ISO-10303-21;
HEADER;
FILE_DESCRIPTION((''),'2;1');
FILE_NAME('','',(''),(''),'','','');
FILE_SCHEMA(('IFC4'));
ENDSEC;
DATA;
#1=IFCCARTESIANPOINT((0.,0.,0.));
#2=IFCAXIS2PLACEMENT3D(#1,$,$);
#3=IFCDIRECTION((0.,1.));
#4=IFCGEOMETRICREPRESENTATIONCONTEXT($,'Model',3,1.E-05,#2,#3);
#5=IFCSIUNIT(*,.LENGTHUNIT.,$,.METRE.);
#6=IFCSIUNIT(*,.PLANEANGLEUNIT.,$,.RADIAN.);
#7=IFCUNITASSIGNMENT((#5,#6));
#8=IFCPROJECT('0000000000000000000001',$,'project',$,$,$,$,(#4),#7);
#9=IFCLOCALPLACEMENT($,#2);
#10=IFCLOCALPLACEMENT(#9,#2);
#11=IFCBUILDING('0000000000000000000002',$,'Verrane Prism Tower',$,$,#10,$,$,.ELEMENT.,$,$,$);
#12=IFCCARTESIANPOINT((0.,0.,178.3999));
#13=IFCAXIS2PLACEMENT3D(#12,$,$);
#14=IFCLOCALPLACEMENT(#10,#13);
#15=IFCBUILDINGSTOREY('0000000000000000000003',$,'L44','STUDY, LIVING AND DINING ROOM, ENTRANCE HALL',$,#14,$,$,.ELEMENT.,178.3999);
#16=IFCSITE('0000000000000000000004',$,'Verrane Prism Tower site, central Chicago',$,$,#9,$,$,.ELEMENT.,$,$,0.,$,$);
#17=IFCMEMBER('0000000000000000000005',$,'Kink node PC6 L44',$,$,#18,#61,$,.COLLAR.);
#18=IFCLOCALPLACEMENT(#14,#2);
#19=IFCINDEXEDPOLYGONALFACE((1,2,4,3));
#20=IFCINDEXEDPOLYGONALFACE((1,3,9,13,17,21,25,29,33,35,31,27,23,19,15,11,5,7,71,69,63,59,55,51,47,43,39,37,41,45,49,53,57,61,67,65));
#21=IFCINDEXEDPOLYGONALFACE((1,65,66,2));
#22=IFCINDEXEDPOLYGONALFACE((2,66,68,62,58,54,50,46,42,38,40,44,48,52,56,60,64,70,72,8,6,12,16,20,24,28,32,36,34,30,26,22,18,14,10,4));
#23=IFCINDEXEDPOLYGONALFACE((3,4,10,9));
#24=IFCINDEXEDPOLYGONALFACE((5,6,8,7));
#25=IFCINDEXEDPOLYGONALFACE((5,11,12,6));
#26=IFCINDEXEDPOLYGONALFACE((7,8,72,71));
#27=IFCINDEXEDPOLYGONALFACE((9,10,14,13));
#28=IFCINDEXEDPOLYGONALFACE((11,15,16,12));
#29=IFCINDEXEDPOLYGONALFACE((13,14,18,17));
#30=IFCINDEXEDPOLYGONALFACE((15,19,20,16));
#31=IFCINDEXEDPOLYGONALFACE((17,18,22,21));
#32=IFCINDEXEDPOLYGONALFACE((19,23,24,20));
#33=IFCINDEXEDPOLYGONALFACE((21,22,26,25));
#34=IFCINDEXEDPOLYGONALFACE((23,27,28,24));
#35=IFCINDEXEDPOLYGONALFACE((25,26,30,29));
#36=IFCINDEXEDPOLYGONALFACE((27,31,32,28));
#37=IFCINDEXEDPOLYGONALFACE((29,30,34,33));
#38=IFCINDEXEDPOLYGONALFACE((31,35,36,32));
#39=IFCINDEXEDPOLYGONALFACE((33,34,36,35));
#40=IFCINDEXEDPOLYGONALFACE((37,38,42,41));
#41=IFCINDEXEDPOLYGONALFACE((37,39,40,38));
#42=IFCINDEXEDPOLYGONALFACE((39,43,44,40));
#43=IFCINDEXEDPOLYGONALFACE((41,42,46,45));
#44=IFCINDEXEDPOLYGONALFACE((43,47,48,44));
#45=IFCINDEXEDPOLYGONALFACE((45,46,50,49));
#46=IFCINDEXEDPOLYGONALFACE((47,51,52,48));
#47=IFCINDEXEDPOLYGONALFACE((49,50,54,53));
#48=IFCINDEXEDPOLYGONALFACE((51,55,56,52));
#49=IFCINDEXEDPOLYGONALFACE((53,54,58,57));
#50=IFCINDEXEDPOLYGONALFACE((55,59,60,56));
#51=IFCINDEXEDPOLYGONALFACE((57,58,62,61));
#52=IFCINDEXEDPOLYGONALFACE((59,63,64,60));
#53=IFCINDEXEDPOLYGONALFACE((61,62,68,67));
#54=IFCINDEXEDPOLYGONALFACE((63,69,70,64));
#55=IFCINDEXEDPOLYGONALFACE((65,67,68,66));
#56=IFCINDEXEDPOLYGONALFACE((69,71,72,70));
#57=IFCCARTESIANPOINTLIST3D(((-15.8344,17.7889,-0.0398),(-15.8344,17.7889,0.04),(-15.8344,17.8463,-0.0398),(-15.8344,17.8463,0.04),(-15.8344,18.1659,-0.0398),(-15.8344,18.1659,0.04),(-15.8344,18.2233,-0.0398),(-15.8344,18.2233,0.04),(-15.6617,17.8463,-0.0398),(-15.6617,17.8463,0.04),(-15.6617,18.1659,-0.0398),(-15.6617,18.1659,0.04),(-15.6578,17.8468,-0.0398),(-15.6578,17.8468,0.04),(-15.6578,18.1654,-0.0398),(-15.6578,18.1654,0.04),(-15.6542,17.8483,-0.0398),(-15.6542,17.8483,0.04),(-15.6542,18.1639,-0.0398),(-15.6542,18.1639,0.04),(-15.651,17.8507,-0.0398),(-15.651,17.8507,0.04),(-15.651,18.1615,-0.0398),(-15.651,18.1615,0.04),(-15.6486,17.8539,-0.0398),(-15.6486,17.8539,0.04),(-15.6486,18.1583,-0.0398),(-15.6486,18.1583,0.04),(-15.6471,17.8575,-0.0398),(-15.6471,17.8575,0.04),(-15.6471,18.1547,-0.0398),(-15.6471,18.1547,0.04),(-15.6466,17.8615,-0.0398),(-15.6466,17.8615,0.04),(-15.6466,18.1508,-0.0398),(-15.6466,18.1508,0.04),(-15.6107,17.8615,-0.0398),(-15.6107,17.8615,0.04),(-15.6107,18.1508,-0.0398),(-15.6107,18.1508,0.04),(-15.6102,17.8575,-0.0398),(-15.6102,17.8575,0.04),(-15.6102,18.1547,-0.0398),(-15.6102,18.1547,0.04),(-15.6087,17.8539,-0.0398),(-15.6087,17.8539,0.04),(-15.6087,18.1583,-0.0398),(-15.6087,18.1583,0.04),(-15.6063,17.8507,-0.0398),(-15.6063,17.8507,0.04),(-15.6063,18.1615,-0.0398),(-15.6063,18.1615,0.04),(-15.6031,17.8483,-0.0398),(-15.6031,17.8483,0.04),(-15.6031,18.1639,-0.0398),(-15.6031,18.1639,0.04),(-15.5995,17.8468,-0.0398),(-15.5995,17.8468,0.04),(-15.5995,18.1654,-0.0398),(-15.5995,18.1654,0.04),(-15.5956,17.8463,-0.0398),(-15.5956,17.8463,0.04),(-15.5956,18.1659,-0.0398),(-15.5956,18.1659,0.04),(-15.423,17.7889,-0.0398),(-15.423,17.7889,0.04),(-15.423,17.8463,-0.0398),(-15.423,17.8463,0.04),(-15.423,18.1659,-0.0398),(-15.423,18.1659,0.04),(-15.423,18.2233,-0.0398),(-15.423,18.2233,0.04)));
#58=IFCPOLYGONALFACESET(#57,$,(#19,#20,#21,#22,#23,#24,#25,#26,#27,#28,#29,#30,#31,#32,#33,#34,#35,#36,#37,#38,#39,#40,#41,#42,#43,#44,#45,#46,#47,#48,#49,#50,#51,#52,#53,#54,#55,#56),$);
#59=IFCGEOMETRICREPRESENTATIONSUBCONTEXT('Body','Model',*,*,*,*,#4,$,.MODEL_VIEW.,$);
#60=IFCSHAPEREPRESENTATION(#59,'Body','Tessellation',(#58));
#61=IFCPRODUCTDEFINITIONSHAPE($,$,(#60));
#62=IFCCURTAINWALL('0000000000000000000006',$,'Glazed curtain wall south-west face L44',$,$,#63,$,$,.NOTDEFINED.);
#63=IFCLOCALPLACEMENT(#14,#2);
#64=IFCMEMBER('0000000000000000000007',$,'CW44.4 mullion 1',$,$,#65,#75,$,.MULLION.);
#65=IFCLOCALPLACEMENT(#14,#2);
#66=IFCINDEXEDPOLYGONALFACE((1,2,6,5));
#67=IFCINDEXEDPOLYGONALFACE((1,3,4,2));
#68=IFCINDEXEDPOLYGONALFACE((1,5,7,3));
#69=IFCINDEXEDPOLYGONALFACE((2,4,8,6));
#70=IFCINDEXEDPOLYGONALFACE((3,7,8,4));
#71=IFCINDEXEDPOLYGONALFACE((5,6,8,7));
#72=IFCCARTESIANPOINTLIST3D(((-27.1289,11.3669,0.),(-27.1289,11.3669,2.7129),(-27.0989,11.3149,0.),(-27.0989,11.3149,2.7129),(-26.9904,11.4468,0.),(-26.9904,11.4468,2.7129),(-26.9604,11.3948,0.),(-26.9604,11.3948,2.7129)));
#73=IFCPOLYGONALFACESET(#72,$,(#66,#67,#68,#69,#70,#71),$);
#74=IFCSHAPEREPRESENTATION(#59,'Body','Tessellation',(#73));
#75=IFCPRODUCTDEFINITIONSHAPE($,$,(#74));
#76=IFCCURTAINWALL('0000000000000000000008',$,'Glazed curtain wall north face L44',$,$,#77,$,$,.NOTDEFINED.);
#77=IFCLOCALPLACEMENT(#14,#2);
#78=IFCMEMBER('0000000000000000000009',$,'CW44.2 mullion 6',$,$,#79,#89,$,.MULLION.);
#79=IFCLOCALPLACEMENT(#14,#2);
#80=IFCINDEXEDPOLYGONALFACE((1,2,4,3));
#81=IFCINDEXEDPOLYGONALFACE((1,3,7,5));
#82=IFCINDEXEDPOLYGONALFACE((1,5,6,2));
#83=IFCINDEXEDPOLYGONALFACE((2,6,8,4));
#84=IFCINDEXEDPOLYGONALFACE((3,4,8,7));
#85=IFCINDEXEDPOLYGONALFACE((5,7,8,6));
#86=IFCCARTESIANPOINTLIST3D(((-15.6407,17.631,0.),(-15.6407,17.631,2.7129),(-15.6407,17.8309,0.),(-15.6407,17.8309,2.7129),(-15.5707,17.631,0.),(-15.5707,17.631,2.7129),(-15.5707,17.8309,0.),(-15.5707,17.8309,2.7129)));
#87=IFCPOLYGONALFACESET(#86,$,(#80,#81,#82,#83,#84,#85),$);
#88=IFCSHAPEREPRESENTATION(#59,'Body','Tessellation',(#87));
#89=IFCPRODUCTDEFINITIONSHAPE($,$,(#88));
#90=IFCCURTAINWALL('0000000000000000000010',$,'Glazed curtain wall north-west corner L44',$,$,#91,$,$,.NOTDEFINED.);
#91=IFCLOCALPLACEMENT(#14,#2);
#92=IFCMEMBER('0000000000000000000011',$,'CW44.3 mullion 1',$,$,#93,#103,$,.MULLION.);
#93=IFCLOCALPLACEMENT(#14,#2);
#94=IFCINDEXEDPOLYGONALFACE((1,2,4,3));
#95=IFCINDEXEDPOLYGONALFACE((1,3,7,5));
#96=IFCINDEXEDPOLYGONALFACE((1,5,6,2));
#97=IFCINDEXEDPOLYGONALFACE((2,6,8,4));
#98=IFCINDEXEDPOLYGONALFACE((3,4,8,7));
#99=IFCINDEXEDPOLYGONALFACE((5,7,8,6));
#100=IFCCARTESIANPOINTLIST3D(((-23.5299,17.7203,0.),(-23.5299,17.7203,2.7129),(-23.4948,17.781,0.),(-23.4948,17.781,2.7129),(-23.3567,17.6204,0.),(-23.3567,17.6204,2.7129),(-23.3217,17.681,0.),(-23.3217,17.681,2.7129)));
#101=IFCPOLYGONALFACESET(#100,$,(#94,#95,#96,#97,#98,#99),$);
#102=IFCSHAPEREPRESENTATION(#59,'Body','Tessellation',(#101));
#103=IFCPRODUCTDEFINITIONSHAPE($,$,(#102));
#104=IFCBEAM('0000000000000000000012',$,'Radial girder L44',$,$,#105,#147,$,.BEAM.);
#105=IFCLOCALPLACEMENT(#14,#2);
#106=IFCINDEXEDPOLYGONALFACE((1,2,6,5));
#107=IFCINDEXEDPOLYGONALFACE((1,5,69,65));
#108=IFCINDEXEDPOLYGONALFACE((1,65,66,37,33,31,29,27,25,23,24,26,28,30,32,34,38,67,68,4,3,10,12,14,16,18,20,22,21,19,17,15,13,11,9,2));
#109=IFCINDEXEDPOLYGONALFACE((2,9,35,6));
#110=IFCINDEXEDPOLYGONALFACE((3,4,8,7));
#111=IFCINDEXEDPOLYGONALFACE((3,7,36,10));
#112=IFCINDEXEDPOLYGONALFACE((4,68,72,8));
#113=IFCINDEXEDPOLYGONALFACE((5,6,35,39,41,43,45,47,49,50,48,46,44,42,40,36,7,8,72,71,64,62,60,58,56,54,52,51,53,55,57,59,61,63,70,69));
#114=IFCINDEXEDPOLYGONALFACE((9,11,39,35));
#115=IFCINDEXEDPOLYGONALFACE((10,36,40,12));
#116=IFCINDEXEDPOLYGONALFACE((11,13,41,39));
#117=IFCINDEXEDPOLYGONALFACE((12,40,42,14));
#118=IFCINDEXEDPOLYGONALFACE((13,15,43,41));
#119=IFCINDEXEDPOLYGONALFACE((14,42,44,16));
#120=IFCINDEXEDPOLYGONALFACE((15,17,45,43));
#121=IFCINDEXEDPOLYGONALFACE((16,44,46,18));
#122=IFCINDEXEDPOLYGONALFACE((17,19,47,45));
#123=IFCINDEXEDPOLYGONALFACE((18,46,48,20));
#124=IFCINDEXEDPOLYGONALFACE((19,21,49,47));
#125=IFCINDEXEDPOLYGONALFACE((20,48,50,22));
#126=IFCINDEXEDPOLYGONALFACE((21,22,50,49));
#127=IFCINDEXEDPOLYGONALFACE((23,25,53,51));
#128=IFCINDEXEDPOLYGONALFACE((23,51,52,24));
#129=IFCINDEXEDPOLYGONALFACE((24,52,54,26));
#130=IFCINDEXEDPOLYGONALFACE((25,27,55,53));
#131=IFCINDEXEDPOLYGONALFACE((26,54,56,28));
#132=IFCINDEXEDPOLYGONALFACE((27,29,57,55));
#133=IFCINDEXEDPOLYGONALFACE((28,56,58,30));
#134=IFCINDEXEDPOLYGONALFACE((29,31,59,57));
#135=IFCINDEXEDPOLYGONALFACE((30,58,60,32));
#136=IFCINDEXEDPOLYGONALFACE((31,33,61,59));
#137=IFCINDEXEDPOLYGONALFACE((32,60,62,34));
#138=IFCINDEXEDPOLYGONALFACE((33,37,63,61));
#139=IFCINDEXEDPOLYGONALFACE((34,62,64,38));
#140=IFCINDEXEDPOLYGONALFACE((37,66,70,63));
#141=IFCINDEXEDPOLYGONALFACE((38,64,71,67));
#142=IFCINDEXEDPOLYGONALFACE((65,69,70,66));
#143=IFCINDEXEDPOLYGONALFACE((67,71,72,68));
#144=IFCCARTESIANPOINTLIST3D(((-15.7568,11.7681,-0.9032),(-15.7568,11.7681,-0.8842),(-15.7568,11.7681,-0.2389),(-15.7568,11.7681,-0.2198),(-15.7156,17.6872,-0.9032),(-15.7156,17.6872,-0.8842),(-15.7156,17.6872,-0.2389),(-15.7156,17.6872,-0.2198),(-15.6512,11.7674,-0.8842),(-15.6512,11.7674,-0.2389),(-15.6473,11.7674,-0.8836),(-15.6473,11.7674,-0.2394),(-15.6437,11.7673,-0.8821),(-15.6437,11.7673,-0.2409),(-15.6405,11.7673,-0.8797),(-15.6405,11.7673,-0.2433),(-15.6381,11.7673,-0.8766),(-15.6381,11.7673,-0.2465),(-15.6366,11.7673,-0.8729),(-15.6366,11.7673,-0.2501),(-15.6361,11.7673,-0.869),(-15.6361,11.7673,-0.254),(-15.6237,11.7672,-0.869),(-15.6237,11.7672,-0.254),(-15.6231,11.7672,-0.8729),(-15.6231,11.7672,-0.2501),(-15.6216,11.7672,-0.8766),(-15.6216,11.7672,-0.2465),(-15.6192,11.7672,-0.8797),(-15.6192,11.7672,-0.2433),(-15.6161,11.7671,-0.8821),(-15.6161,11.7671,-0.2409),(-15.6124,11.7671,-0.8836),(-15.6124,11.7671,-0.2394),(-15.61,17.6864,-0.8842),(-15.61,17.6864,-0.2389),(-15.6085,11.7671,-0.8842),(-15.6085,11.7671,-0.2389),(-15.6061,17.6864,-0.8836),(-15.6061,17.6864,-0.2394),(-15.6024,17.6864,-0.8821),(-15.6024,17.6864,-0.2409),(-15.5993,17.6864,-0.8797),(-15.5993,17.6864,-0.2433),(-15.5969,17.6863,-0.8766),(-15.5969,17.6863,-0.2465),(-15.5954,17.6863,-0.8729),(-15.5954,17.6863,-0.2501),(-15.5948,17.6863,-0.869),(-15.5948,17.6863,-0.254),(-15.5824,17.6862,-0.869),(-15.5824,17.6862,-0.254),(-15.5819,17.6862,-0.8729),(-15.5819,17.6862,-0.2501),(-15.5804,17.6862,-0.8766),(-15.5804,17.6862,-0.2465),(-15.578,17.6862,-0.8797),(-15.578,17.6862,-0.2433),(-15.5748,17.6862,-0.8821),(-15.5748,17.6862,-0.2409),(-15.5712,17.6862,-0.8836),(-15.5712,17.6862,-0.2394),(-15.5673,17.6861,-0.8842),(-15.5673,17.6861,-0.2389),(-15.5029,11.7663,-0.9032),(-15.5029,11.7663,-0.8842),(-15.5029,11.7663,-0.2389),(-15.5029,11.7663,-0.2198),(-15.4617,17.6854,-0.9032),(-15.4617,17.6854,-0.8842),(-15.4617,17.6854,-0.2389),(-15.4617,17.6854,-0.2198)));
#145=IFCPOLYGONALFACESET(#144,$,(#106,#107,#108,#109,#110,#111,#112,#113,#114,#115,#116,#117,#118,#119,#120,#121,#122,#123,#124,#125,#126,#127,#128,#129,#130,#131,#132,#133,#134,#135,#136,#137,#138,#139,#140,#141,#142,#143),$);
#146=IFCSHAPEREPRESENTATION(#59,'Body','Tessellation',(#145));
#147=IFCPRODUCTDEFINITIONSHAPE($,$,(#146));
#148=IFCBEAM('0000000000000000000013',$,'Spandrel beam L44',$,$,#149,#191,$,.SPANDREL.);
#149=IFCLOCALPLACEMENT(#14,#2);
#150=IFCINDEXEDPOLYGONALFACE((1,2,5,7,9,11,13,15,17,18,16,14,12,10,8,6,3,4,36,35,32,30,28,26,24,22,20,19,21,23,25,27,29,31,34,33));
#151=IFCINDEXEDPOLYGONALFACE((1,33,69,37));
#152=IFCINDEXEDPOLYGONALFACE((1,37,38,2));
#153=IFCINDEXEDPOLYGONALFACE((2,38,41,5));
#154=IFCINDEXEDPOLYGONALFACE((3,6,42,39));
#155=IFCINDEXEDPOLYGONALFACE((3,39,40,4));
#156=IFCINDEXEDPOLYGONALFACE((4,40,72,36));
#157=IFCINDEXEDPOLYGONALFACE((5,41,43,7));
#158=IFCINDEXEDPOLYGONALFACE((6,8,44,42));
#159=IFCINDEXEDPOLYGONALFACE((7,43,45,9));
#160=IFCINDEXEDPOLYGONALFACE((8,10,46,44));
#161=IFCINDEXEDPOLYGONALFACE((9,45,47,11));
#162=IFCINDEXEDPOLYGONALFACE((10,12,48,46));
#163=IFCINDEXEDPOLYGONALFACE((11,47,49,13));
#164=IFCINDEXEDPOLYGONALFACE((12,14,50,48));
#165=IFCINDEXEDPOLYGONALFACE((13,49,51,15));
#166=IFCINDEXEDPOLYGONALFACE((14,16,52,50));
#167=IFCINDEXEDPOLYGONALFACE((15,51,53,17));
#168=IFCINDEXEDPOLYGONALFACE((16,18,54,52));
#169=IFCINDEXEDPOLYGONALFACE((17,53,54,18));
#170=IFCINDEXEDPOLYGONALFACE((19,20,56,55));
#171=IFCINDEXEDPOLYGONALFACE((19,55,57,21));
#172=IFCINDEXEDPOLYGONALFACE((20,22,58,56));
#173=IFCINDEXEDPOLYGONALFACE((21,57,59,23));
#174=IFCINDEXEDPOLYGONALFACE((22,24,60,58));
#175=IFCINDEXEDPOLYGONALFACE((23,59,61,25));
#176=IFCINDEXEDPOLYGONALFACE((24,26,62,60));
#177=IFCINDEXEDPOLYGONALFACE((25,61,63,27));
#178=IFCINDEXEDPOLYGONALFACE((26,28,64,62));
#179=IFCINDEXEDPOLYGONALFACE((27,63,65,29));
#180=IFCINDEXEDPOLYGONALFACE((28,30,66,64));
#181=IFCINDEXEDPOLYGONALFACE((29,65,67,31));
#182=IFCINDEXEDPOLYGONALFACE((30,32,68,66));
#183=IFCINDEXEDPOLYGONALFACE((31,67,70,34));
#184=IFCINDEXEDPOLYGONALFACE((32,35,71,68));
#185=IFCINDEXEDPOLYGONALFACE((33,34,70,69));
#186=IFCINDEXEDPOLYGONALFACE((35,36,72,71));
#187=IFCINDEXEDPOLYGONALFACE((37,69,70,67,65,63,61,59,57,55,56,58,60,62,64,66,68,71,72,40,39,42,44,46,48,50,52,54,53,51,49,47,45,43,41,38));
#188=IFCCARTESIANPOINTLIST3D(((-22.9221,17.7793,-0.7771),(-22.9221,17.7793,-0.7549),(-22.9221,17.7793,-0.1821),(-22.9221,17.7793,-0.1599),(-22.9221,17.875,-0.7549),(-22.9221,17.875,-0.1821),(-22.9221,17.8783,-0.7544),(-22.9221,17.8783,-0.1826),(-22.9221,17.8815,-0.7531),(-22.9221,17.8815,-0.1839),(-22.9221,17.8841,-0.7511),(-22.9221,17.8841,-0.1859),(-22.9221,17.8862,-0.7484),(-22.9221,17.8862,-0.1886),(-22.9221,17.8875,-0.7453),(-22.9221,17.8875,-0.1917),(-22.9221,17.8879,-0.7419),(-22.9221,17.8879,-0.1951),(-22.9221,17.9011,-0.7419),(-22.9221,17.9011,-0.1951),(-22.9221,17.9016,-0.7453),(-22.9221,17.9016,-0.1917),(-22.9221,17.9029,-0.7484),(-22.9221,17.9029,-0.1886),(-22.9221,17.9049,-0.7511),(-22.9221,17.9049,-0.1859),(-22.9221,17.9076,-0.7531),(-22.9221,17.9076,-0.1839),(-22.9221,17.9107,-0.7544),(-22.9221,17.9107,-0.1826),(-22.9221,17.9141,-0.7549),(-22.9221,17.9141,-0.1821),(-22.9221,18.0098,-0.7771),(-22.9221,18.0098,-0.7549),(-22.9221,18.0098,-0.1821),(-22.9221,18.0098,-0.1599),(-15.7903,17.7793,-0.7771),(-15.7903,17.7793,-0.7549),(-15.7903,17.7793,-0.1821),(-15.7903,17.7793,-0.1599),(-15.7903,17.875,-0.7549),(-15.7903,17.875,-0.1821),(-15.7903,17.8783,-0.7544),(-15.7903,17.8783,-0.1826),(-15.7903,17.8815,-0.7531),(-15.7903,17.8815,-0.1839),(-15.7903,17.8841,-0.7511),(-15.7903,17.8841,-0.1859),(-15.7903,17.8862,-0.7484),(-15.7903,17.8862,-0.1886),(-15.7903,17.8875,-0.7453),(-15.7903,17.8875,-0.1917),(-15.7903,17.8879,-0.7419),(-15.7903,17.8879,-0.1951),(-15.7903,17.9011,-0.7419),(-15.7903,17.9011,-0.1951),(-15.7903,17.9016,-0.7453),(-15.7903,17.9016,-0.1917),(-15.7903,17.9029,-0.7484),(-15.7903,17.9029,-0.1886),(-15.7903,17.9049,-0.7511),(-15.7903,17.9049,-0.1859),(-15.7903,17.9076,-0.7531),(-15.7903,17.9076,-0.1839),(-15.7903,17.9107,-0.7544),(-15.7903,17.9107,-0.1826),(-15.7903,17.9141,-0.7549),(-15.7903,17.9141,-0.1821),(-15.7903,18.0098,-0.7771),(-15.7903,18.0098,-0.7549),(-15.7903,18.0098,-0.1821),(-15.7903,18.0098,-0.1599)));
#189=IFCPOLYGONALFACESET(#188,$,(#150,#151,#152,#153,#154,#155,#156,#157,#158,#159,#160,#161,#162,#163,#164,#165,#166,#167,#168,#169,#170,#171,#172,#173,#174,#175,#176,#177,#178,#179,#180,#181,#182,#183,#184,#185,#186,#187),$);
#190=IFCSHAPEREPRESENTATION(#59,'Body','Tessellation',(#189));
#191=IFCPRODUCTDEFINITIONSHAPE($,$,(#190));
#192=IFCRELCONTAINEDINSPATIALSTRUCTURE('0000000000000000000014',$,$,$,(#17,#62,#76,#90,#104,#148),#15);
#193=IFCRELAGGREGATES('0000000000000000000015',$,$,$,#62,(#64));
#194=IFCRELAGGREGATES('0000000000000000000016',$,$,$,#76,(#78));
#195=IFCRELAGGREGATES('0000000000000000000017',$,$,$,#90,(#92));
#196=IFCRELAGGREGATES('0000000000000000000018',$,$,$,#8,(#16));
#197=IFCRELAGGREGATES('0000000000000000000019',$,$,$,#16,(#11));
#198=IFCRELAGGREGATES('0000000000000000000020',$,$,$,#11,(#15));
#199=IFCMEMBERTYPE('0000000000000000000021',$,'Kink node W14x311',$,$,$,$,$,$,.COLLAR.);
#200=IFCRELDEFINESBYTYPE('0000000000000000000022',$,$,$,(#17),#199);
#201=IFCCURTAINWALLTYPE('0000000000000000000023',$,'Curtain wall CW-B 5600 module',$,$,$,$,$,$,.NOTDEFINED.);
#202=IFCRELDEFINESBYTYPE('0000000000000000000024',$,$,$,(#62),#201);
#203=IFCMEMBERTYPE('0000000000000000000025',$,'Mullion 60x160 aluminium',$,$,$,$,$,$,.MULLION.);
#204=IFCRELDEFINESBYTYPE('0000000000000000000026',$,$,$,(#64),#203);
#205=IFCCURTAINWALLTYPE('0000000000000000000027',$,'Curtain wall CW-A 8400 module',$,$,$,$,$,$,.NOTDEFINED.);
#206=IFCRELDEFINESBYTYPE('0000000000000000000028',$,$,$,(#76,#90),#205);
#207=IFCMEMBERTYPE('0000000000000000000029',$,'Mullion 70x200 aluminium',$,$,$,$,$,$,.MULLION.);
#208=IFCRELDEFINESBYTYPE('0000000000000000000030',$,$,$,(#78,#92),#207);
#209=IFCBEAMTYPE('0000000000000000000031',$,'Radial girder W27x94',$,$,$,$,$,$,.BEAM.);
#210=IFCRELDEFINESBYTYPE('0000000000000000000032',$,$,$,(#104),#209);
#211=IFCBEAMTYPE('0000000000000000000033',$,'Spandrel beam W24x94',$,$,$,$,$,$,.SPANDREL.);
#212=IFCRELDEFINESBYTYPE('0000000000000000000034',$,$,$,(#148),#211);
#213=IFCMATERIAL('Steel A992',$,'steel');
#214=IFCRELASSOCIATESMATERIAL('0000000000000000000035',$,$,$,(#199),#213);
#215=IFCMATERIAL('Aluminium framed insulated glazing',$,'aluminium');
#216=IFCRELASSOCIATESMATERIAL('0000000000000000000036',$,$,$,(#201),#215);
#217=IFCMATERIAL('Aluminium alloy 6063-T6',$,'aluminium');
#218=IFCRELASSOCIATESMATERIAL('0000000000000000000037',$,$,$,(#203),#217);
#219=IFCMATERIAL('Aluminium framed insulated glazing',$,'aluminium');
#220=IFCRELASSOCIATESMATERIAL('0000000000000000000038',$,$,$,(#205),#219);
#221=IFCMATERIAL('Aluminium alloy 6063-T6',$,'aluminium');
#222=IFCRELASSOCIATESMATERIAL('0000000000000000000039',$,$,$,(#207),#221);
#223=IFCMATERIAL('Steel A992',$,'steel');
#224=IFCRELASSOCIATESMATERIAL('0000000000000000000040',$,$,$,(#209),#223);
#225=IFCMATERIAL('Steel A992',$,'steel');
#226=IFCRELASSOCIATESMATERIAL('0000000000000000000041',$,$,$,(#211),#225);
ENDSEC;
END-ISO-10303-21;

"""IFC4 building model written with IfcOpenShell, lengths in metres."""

from ifc_helpers import new_model, si_unit, direction, frame, origin, origin_2d, place, context, subcontext, project, spatial, rectangle, i_section, extrude, material, material_profile, profile_set, type_object, element, aggregate, save


model = new_model("IFC4")

# Units and contexts
model_context = context("Model", 3, precision=1e-05, world=origin(), true_north=direction((0.0, 1.0)))
body_context = subcontext(model_context, "Body", "Model", "MODEL_VIEW")
ifc_project = project(units=[si_unit("LENGTHUNIT", "METRE"), si_unit("PLANEANGLEUNIT", "RADIAN")], contexts=[model_context])

# Site, building, storey
site_placement = place(None, origin())
site = spatial("IfcSite", under=ifc_project, at=site_placement, Name="Verrane Prism Tower site, central Chicago", CompositionType="ELEMENT", RefElevation=0.0)
building_placement = place(site_placement, origin())
building = spatial("IfcBuilding", under=site, at=building_placement, Name="Verrane Prism Tower", CompositionType="ELEMENT")
storey_placement = place(building_placement, frame((0.0, 0.0, 178.3999)))
storey = spatial("IfcBuildingStorey", under=building, at=storey_placement, Name="L44", Description="STUDY, LIVING AND DINING ROOM, ENTRANCE HALL", CompositionType="ELEMENT", Elevation=178.3999)

# Member
ifc_material_1 = material(Name="Steel A992", Category="steel")
ifc_material_profile_1 = material_profile(ifc_material_1, i_section(OverallWidth=0.4114, OverallDepth=0.4343, WebThickness=0.0359, FlangeThickness=0.0574, FilletRadius=0.0151, at=origin_2d()), Name="W14x311")
ifc_profile_set_1 = profile_set([ifc_material_profile_1], Name="Steel A992")
member_type_1 = type_object("IfcMemberType", Name="Kink node W14x311", PredefinedType="COLLAR", material=ifc_profile_set_1)
member_1_placement = place(storey_placement, frame((-15.6287, 18.0061, -0.0398), z_axis=(0.0, 0.0, 1.0), x_axis=(1.0, 0.0, 0.0)))
element("IfcMember", 1, at=member_1_placement, inside=storey, type_object=member_type_1, Name="Kink node PC6 L44", PredefinedType="COLLAR", context=body_context, shape_type="SweptSolid", body=[
    extrude(i_section(OverallWidth=0.4114, OverallDepth=0.4343, WebThickness=0.0359, FlangeThickness=0.0574, FilletRadius=0.0151, at=origin_2d()), origin(), (0.0, 0.0, 1.0), 0.0798),
])

# Curtain walls, members
ifc_material_2 = material(Name="Aluminium framed insulated glazing", Category="aluminium")
curtain_wall_type_1 = type_object("IfcCurtainWallType", Name="Curtain wall CW-B 5600 module", PredefinedType="NOTDEFINED", material=ifc_material_2)
curtain_wall_1_placement = place(storey_placement, origin())
curtain_wall_1 = element("IfcCurtainWall", 2, at=curtain_wall_1_placement, inside=storey, type_object=curtain_wall_type_1, Name="Glazed curtain wall south-west face L44", PredefinedType="NOTDEFINED")
ifc_material_3 = material(Name="Aluminium alloy 6063-T6", Category="aluminium")
ifc_material_profile_2 = material_profile(ifc_material_3, rectangle(XDim=0.1599, YDim=0.0601, at=origin_2d()), Name="Mullion 60x160 aluminium")
ifc_profile_set_2 = profile_set([ifc_material_profile_2], Name="Aluminium alloy 6063-T6")
member_type_2 = type_object("IfcMemberType", Name="Mullion 60x160 aluminium", PredefinedType="MULLION", material=ifc_profile_set_2)
member_2_placement = place(storey_placement, frame((-27.0447, 11.3809, 0.0), z_axis=(0.0, 0.0, 1.0), x_axis=(0.866026, 0.499999, 0.0)))
member_2 = element("IfcMember", 3, at=member_2_placement, type_object=member_type_2, Name="CW44.4 mullion 1", PredefinedType="MULLION", context=body_context, shape_type="SweptSolid", body=[
    extrude(rectangle(XDim=0.1599, YDim=0.0601, at=origin_2d()), origin(), (0.0, 0.0, 1.0), 2.7129),
])
ifc_material_4 = material(Name="Aluminium framed insulated glazing", Category="aluminium")
curtain_wall_type_2 = type_object("IfcCurtainWallType", Name="Curtain wall CW-A 8400 module", PredefinedType="NOTDEFINED", material=ifc_material_4)
curtain_wall_2_placement = place(storey_placement, origin())
curtain_wall_2 = element("IfcCurtainWall", 4, at=curtain_wall_2_placement, inside=storey, type_object=curtain_wall_type_2, Name="Glazed curtain wall north face L44", PredefinedType="NOTDEFINED")
ifc_material_5 = material(Name="Aluminium alloy 6063-T6", Category="aluminium")
ifc_material_profile_3 = material_profile(ifc_material_5, rectangle(XDim=0.2, YDim=0.0701, at=origin_2d()), Name="Mullion 70x200 aluminium")
ifc_profile_set_3 = profile_set([ifc_material_profile_3], Name="Aluminium alloy 6063-T6")
member_type_3 = type_object("IfcMemberType", Name="Mullion 70x200 aluminium", PredefinedType="MULLION", material=ifc_profile_set_3)
member_3_placement = place(storey_placement, frame((-15.6057, 17.731, 0.0), z_axis=(0.0, 0.0, 1.0), x_axis=(0.0, -1.0, 0.0)))
member_3 = element("IfcMember", 5, at=member_3_placement, type_object=member_type_3, Name="CW44.2 mullion 6", PredefinedType="MULLION", context=body_context, shape_type="SweptSolid", body=[
    extrude(rectangle(XDim=0.2, YDim=0.0701, at=origin_2d()), origin(), (0.0, 0.0, 1.0), 2.7129),
])
curtain_wall_3_placement = place(storey_placement, origin())
curtain_wall_3 = element("IfcCurtainWall", 6, at=curtain_wall_3_placement, inside=storey, type_object=curtain_wall_type_2, Name="Glazed curtain wall north-west corner L44", PredefinedType="NOTDEFINED")
member_4_placement = place(storey_placement, frame((-23.4258, 17.7007, 0.0), z_axis=(0.0, 0.0, 1.0), x_axis=(0.866024, -0.500002, 0.0)))
member_4 = element("IfcMember", 7, at=member_4_placement, type_object=member_type_3, Name="CW44.3 mullion 1", PredefinedType="MULLION", context=body_context, shape_type="SweptSolid", body=[
    extrude(rectangle(XDim=0.2, YDim=0.0701, at=origin_2d()), origin(), (0.0, 0.0, 1.0), 2.7129),
])

# Beams
ifc_material_6 = material(Name="Steel A992", Category="steel")
ifc_material_profile_4 = material_profile(ifc_material_6, i_section(OverallWidth=0.2539, OverallDepth=0.6833, WebThickness=0.0125, FlangeThickness=0.019, FilletRadius=0.0151, at=origin_2d()), Name="W27x94")
ifc_profile_set_4 = profile_set([ifc_material_profile_4], Name="Steel A992")
beam_type_1 = type_object("IfcBeamType", Name="Radial girder W27x94", PredefinedType="BEAM", material=ifc_profile_set_4)
beam_1_placement = place(storey_placement, frame((-15.5886, 17.6863, -0.5615), z_axis=(-0.006971, -0.999976, 0.0), x_axis=(0.999976, -0.006971, 0.0)))
element("IfcBeam", 8, at=beam_1_placement, inside=storey, type_object=beam_type_1, Name="Radial girder L44", PredefinedType="BEAM", context=body_context, shape_type="SweptSolid", body=[
    extrude(i_section(OverallWidth=0.2539, OverallDepth=0.6833, WebThickness=0.0125, FlangeThickness=0.019, FilletRadius=0.0151, at=origin_2d()), origin(), (0.0, 0.0, 1.0), 5.9192),
])
ifc_material_7 = material(Name="Steel A992", Category="steel")
ifc_material_profile_5 = material_profile(ifc_material_7, i_section(OverallWidth=0.2305, OverallDepth=0.6172, WebThickness=0.0132, FlangeThickness=0.0222, FilletRadius=0.0129, at=origin_2d()), Name="W24x94")
ifc_profile_set_5 = profile_set([ifc_material_profile_5], Name="Steel A992")
beam_type_2 = type_object("IfcBeamType", Name="Spandrel beam W24x94", PredefinedType="SPANDREL", material=ifc_profile_set_5)
beam_2_placement = place(storey_placement, frame((-15.7903, 17.8945, -0.4685), z_axis=(-1.0, 0.0, 0.0), x_axis=(0.0, -1.0, 0.0)))
element("IfcBeam", 9, at=beam_2_placement, inside=storey, type_object=beam_type_2, Name="Spandrel beam L44", PredefinedType="SPANDREL", context=body_context, shape_type="SweptSolid", body=[
    extrude(i_section(OverallWidth=0.2305, OverallDepth=0.6172, WebThickness=0.0132, FlangeThickness=0.0222, FilletRadius=0.0129, at=origin_2d()), origin(), (0.0, 0.0, 1.0), 7.1318),
])

aggregate(curtain_wall_1, [member_2])

aggregate(curtain_wall_2, [member_3])
aggregate(curtain_wall_3, [member_4])

save(model, "model.ifc")
